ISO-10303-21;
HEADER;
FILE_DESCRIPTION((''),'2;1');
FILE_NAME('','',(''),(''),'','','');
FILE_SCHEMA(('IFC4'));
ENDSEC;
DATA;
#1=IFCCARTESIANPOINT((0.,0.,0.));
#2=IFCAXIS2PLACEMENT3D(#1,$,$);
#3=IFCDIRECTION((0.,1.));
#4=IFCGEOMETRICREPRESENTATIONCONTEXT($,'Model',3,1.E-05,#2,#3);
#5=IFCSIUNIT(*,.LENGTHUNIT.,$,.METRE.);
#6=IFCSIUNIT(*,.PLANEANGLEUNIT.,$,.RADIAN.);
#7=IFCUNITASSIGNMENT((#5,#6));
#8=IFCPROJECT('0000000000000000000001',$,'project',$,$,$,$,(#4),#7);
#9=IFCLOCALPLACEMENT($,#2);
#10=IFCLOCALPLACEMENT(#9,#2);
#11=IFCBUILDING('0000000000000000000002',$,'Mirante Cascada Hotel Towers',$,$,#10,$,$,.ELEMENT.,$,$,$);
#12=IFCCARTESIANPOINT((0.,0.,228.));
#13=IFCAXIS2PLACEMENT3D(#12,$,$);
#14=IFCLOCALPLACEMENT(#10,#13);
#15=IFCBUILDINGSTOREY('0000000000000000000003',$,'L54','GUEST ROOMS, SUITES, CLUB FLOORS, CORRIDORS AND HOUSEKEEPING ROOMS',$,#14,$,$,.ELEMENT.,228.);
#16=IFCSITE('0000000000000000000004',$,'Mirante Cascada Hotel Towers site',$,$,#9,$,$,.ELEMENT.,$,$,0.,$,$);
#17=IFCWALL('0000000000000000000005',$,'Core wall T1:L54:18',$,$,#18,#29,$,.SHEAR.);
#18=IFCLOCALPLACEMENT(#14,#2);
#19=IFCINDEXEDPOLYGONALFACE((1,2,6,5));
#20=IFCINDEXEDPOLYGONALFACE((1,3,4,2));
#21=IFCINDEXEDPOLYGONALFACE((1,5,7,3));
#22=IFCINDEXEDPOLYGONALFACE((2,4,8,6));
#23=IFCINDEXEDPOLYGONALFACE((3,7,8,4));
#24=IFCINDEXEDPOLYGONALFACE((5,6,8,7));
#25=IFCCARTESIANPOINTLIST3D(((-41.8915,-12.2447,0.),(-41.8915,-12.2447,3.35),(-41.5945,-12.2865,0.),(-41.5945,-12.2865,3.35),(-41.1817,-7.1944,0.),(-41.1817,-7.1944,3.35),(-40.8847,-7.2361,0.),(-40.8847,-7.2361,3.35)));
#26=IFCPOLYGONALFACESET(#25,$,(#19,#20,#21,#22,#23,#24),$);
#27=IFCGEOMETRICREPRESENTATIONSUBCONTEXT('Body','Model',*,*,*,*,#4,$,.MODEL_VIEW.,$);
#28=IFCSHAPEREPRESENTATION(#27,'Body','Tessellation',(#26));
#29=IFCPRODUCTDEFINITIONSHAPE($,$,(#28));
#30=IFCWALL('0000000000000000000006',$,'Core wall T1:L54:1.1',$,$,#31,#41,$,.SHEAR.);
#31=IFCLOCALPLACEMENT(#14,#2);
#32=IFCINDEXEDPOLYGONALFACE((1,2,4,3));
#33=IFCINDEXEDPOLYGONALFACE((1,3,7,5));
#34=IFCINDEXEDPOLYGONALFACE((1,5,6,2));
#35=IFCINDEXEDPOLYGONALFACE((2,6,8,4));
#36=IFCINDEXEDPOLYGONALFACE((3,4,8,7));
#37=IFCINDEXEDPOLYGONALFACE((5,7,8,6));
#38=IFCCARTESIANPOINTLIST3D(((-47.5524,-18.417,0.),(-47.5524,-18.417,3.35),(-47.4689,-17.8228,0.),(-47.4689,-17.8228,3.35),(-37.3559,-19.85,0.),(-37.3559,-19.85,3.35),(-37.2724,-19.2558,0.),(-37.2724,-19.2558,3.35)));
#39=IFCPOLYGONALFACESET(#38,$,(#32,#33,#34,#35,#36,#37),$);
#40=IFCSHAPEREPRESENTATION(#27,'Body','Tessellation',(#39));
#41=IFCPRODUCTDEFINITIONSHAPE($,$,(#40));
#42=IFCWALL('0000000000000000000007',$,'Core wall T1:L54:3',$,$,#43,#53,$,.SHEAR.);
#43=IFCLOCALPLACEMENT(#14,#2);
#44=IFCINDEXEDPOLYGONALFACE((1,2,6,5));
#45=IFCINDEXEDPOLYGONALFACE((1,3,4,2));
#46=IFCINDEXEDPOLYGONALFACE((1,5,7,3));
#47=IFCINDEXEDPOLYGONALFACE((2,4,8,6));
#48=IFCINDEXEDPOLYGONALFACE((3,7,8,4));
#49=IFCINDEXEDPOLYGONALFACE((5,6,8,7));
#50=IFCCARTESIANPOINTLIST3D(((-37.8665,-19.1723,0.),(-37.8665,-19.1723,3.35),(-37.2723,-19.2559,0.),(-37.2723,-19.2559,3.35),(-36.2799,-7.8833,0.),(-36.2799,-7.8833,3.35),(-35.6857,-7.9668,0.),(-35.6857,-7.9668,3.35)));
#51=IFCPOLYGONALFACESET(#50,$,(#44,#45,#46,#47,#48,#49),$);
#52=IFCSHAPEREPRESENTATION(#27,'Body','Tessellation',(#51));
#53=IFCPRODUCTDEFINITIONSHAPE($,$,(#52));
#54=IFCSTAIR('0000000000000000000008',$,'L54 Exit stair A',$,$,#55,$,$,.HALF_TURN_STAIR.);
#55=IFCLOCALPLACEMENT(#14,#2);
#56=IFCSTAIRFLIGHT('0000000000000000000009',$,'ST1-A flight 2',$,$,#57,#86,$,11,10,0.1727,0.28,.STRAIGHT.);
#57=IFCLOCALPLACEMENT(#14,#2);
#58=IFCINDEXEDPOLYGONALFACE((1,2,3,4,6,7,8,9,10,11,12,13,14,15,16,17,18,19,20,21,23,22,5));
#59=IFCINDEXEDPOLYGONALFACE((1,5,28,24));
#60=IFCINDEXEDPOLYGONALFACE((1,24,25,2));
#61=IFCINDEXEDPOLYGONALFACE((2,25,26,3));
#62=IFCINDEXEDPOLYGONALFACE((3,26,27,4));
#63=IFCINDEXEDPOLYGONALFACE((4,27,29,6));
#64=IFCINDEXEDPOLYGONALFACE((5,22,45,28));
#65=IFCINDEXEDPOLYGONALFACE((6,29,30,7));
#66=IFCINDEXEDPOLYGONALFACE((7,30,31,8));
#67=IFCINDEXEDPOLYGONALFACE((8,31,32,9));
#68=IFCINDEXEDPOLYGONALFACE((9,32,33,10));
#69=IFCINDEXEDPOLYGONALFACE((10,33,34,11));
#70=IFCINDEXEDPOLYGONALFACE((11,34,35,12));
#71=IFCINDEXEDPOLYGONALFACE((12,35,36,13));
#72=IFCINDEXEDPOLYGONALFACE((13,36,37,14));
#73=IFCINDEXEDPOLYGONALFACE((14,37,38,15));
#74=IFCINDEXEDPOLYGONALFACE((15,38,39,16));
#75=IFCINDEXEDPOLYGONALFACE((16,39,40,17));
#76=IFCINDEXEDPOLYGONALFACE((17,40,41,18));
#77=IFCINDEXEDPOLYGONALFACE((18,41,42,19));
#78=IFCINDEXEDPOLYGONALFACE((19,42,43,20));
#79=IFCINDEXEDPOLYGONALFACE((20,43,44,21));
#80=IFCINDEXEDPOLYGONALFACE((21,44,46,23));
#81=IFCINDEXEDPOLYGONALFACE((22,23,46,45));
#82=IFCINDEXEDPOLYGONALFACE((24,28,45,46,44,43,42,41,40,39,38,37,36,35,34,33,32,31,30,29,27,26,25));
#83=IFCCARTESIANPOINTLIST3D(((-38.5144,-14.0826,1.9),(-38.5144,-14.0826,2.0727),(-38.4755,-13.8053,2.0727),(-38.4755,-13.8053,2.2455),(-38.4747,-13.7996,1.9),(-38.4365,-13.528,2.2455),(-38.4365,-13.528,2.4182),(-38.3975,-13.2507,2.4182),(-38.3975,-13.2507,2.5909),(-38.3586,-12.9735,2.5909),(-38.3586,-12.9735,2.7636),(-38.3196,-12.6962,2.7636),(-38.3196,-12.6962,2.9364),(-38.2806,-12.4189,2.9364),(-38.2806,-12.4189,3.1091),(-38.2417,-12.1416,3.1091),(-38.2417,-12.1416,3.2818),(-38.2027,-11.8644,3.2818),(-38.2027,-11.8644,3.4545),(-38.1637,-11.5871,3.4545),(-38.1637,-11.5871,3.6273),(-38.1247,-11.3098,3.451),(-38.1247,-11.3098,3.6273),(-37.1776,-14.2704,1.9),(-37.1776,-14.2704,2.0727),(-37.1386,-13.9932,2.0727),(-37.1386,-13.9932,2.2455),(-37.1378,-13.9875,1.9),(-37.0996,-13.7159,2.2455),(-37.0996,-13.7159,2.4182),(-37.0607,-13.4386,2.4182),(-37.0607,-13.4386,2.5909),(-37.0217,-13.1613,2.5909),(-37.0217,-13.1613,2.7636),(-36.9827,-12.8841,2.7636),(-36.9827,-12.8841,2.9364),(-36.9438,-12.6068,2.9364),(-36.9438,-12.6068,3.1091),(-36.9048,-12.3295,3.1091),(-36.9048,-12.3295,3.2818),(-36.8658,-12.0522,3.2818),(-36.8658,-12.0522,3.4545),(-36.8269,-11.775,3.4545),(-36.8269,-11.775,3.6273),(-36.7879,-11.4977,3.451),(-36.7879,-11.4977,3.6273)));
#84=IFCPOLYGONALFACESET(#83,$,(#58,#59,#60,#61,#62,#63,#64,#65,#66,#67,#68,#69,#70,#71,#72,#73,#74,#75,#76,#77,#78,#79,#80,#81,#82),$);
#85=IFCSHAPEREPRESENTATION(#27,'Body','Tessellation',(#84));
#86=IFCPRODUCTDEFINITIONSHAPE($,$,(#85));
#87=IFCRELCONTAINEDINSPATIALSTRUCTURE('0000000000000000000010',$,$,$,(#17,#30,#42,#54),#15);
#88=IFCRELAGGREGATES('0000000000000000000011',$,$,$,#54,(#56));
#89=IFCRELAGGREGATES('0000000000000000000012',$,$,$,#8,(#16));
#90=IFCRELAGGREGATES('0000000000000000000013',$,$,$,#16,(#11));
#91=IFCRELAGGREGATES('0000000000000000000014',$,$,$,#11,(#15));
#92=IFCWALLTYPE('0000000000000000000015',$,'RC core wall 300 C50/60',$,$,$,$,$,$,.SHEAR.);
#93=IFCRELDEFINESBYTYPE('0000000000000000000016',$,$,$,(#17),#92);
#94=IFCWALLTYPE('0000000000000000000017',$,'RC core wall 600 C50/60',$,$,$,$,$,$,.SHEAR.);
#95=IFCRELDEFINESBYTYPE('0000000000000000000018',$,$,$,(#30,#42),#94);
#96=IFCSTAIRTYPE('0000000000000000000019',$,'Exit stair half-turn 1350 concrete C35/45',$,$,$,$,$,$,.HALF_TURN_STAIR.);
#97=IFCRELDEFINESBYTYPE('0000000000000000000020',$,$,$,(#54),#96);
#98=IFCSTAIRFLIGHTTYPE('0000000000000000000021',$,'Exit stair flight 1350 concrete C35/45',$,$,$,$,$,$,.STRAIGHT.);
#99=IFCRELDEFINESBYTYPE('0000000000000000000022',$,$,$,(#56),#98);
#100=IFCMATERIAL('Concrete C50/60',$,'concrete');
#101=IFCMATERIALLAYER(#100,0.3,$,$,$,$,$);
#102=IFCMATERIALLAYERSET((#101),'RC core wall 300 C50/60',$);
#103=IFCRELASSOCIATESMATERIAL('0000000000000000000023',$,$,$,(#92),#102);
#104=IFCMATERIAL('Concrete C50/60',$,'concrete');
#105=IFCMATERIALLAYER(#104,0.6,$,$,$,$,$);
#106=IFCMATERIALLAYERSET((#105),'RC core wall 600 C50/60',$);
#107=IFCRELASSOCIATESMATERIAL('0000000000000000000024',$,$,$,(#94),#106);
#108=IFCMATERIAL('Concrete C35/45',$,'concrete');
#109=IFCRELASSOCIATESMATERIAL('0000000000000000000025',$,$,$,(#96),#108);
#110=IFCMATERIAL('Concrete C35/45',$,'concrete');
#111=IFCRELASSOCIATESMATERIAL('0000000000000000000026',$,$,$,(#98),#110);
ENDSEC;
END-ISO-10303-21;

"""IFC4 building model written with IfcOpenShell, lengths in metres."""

from ifc_helpers import new_model, si_unit, direction, frame, frame_2d, origin, place, context, subcontext, project, spatial, polyline, rectangle, outline, extrude, material, layer, layer_set, type_object, element, aggregate, save


model = new_model("IFC4")

# Units and contexts
model_context = context("Model", 3, precision=1e-05, world=origin(), true_north=direction((0.0, 1.0)))
body_context = subcontext(model_context, "Body", "Model", "MODEL_VIEW")
ifc_project = project(units=[si_unit("LENGTHUNIT", "METRE"), si_unit("PLANEANGLEUNIT", "RADIAN")], contexts=[model_context])

# Site, building, storey
site_placement = place(None, origin())
site = spatial("IfcSite", under=ifc_project, at=site_placement, Name="Mirante Cascada Hotel Towers site", CompositionType="ELEMENT", RefElevation=0.0)
building_placement = place(site_placement, origin())
building = spatial("IfcBuilding", under=site, at=building_placement, Name="Mirante Cascada Hotel Towers", CompositionType="ELEMENT")
storey_placement = place(building_placement, frame((0.0, 0.0, 228.0)))
storey = spatial("IfcBuildingStorey", under=building, at=storey_placement, Name="L54", Description="GUEST ROOMS, SUITES, CLUB FLOORS, CORRIDORS AND HOUSEKEEPING ROOMS", CompositionType="ELEMENT", Elevation=228.0)

# Shared definitions
ifc_material_1 = material(Name="Concrete C50/60", Category="concrete")
ifc_layer_1 = layer(ifc_material_1, 0.3)
ifc_layer_set_1 = layer_set([ifc_layer_1], Name="RC core wall 300 C50/60")
wall_type_1 = type_object("IfcWallType", Name="RC core wall 300 C50/60", PredefinedType="SHEAR", material=ifc_layer_set_1)

# Walls
wall_1_placement = place(storey_placement, frame((-41.743, -12.2656, 0.0), z_axis=(0.0, 0.0, 1.0), x_axis=(0.139176, 0.990268, 0.0)))
element("IfcWall", 1, at=wall_1_placement, inside=storey, type_object=wall_type_1, Name="Core wall T1:L54:18", PredefinedType="SHEAR", context=body_context, shape_type="SweptSolid", body=[
    extrude(rectangle(XDim=5.1, YDim=0.3, at=frame_2d((2.55, 0.0))), origin(), (0.0, 0.0, 1.0), 3.35),
])
ifc_material_2 = material(Name="Concrete C50/60", Category="concrete")
ifc_layer_2 = layer(ifc_material_2, 0.6)
ifc_layer_set_2 = layer_set([ifc_layer_2], Name="RC core wall 600 C50/60")
wall_type_2 = type_object("IfcWallType", Name="RC core wall 600 C50/60", PredefinedType="SHEAR", material=ifc_layer_set_2)
wall_2_placement = place(storey_placement, frame((-37.3141, -19.5529, 0.0), z_axis=(0.0, 0.0, 1.0), x_axis=(-0.990268, 0.139171, 0.0)))
element("IfcWall", 2, at=wall_2_placement, inside=storey, type_object=wall_type_2, Name="Core wall T1:L54:1.1", PredefinedType="SHEAR", context=body_context, shape_type="SweptSolid", body=[
    extrude(rectangle(XDim=10.2967, YDim=0.6, at=frame_2d((5.1484, 0.0))), origin(), (0.0, 0.0, 1.0), 3.35),
])
wall_3_placement = place(storey_placement, frame((-37.5694, -19.2141, 0.0), z_axis=(0.0, 0.0, 1.0), x_axis=(0.139175, 0.990268, 0.0)))
element("IfcWall", 3, at=wall_3_placement, inside=storey, type_object=wall_type_2, Name="Core wall T1:L54:3", PredefinedType="SHEAR", context=body_context, shape_type="SweptSolid", body=[
    extrude(rectangle(XDim=11.4, YDim=0.6, at=frame_2d((5.7, 0.0))), origin(), (0.0, 0.0, 1.0), 3.35),
])

# Stair, stair flight
ifc_material_3 = material(Name="Concrete C35/45", Category="concrete")
stair_type = type_object("IfcStairType", Name="Exit stair half-turn 1350 concrete C35/45", PredefinedType="HALF_TURN_STAIR", material=ifc_material_3)
stair_placement = place(storey_placement, origin())
stair = element("IfcStair", 4, at=stair_placement, inside=storey, type_object=stair_type, Name="L54 Exit stair A", PredefinedType="HALF_TURN_STAIR")
ifc_material_4 = material(Name="Concrete C35/45", Category="concrete")
stair_flight_type = type_object("IfcStairFlightType", Name="Exit stair flight 1350 concrete C35/45", PredefinedType="STRAIGHT", material=ifc_material_4)
stair_flight_placement = place(storey_placement, frame((-37.846, -14.1765, 1.9), z_axis=(0.0, 0.0, 1.0), x_axis=(0.139173, 0.990268, 0.0)))
stair_flight = element("IfcStairFlight", 5, at=stair_flight_placement, type_object=stair_flight_type, Name="ST1-A flight 2", NumberOfRisers=11, NumberOfTreads=10, PredefinedType="STRAIGHT", RiserHeight=0.1727, TreadLength=0.28, context=body_context, shape_type="SweptSolid", body=[
    extrude(outline(polyline([(0.0, 0.0), (0.0, 0.1727), (0.28, 0.1727), (0.28, 0.3455), (0.56, 0.3455), (0.56, 0.5182), (0.84, 0.5182), (0.84, 0.6909), (1.12, 0.6909), (1.12, 0.8636), (1.4, 0.8636), (1.4, 1.0364), (1.68, 1.0364), (1.68, 1.2091), (1.96, 1.2091), (1.96, 1.3818), (2.24, 1.3818), (2.24, 1.5545), (2.52, 1.5545), (2.52, 1.7273), (2.8, 1.7273), (2.8, 1.9), (2.8, 1.551), (0.2857, 0.0), (0.0, 0.0)])), frame((0.0, 0.675, 0.0), z_axis=(0.0, -1.0, 0.0), x_axis=(1.0, 0.0, 0.0)), (0.0, 0.0, 1.0), 1.35),
])
aggregate(stair, [stair_flight])

save(model, "model.ifc")
